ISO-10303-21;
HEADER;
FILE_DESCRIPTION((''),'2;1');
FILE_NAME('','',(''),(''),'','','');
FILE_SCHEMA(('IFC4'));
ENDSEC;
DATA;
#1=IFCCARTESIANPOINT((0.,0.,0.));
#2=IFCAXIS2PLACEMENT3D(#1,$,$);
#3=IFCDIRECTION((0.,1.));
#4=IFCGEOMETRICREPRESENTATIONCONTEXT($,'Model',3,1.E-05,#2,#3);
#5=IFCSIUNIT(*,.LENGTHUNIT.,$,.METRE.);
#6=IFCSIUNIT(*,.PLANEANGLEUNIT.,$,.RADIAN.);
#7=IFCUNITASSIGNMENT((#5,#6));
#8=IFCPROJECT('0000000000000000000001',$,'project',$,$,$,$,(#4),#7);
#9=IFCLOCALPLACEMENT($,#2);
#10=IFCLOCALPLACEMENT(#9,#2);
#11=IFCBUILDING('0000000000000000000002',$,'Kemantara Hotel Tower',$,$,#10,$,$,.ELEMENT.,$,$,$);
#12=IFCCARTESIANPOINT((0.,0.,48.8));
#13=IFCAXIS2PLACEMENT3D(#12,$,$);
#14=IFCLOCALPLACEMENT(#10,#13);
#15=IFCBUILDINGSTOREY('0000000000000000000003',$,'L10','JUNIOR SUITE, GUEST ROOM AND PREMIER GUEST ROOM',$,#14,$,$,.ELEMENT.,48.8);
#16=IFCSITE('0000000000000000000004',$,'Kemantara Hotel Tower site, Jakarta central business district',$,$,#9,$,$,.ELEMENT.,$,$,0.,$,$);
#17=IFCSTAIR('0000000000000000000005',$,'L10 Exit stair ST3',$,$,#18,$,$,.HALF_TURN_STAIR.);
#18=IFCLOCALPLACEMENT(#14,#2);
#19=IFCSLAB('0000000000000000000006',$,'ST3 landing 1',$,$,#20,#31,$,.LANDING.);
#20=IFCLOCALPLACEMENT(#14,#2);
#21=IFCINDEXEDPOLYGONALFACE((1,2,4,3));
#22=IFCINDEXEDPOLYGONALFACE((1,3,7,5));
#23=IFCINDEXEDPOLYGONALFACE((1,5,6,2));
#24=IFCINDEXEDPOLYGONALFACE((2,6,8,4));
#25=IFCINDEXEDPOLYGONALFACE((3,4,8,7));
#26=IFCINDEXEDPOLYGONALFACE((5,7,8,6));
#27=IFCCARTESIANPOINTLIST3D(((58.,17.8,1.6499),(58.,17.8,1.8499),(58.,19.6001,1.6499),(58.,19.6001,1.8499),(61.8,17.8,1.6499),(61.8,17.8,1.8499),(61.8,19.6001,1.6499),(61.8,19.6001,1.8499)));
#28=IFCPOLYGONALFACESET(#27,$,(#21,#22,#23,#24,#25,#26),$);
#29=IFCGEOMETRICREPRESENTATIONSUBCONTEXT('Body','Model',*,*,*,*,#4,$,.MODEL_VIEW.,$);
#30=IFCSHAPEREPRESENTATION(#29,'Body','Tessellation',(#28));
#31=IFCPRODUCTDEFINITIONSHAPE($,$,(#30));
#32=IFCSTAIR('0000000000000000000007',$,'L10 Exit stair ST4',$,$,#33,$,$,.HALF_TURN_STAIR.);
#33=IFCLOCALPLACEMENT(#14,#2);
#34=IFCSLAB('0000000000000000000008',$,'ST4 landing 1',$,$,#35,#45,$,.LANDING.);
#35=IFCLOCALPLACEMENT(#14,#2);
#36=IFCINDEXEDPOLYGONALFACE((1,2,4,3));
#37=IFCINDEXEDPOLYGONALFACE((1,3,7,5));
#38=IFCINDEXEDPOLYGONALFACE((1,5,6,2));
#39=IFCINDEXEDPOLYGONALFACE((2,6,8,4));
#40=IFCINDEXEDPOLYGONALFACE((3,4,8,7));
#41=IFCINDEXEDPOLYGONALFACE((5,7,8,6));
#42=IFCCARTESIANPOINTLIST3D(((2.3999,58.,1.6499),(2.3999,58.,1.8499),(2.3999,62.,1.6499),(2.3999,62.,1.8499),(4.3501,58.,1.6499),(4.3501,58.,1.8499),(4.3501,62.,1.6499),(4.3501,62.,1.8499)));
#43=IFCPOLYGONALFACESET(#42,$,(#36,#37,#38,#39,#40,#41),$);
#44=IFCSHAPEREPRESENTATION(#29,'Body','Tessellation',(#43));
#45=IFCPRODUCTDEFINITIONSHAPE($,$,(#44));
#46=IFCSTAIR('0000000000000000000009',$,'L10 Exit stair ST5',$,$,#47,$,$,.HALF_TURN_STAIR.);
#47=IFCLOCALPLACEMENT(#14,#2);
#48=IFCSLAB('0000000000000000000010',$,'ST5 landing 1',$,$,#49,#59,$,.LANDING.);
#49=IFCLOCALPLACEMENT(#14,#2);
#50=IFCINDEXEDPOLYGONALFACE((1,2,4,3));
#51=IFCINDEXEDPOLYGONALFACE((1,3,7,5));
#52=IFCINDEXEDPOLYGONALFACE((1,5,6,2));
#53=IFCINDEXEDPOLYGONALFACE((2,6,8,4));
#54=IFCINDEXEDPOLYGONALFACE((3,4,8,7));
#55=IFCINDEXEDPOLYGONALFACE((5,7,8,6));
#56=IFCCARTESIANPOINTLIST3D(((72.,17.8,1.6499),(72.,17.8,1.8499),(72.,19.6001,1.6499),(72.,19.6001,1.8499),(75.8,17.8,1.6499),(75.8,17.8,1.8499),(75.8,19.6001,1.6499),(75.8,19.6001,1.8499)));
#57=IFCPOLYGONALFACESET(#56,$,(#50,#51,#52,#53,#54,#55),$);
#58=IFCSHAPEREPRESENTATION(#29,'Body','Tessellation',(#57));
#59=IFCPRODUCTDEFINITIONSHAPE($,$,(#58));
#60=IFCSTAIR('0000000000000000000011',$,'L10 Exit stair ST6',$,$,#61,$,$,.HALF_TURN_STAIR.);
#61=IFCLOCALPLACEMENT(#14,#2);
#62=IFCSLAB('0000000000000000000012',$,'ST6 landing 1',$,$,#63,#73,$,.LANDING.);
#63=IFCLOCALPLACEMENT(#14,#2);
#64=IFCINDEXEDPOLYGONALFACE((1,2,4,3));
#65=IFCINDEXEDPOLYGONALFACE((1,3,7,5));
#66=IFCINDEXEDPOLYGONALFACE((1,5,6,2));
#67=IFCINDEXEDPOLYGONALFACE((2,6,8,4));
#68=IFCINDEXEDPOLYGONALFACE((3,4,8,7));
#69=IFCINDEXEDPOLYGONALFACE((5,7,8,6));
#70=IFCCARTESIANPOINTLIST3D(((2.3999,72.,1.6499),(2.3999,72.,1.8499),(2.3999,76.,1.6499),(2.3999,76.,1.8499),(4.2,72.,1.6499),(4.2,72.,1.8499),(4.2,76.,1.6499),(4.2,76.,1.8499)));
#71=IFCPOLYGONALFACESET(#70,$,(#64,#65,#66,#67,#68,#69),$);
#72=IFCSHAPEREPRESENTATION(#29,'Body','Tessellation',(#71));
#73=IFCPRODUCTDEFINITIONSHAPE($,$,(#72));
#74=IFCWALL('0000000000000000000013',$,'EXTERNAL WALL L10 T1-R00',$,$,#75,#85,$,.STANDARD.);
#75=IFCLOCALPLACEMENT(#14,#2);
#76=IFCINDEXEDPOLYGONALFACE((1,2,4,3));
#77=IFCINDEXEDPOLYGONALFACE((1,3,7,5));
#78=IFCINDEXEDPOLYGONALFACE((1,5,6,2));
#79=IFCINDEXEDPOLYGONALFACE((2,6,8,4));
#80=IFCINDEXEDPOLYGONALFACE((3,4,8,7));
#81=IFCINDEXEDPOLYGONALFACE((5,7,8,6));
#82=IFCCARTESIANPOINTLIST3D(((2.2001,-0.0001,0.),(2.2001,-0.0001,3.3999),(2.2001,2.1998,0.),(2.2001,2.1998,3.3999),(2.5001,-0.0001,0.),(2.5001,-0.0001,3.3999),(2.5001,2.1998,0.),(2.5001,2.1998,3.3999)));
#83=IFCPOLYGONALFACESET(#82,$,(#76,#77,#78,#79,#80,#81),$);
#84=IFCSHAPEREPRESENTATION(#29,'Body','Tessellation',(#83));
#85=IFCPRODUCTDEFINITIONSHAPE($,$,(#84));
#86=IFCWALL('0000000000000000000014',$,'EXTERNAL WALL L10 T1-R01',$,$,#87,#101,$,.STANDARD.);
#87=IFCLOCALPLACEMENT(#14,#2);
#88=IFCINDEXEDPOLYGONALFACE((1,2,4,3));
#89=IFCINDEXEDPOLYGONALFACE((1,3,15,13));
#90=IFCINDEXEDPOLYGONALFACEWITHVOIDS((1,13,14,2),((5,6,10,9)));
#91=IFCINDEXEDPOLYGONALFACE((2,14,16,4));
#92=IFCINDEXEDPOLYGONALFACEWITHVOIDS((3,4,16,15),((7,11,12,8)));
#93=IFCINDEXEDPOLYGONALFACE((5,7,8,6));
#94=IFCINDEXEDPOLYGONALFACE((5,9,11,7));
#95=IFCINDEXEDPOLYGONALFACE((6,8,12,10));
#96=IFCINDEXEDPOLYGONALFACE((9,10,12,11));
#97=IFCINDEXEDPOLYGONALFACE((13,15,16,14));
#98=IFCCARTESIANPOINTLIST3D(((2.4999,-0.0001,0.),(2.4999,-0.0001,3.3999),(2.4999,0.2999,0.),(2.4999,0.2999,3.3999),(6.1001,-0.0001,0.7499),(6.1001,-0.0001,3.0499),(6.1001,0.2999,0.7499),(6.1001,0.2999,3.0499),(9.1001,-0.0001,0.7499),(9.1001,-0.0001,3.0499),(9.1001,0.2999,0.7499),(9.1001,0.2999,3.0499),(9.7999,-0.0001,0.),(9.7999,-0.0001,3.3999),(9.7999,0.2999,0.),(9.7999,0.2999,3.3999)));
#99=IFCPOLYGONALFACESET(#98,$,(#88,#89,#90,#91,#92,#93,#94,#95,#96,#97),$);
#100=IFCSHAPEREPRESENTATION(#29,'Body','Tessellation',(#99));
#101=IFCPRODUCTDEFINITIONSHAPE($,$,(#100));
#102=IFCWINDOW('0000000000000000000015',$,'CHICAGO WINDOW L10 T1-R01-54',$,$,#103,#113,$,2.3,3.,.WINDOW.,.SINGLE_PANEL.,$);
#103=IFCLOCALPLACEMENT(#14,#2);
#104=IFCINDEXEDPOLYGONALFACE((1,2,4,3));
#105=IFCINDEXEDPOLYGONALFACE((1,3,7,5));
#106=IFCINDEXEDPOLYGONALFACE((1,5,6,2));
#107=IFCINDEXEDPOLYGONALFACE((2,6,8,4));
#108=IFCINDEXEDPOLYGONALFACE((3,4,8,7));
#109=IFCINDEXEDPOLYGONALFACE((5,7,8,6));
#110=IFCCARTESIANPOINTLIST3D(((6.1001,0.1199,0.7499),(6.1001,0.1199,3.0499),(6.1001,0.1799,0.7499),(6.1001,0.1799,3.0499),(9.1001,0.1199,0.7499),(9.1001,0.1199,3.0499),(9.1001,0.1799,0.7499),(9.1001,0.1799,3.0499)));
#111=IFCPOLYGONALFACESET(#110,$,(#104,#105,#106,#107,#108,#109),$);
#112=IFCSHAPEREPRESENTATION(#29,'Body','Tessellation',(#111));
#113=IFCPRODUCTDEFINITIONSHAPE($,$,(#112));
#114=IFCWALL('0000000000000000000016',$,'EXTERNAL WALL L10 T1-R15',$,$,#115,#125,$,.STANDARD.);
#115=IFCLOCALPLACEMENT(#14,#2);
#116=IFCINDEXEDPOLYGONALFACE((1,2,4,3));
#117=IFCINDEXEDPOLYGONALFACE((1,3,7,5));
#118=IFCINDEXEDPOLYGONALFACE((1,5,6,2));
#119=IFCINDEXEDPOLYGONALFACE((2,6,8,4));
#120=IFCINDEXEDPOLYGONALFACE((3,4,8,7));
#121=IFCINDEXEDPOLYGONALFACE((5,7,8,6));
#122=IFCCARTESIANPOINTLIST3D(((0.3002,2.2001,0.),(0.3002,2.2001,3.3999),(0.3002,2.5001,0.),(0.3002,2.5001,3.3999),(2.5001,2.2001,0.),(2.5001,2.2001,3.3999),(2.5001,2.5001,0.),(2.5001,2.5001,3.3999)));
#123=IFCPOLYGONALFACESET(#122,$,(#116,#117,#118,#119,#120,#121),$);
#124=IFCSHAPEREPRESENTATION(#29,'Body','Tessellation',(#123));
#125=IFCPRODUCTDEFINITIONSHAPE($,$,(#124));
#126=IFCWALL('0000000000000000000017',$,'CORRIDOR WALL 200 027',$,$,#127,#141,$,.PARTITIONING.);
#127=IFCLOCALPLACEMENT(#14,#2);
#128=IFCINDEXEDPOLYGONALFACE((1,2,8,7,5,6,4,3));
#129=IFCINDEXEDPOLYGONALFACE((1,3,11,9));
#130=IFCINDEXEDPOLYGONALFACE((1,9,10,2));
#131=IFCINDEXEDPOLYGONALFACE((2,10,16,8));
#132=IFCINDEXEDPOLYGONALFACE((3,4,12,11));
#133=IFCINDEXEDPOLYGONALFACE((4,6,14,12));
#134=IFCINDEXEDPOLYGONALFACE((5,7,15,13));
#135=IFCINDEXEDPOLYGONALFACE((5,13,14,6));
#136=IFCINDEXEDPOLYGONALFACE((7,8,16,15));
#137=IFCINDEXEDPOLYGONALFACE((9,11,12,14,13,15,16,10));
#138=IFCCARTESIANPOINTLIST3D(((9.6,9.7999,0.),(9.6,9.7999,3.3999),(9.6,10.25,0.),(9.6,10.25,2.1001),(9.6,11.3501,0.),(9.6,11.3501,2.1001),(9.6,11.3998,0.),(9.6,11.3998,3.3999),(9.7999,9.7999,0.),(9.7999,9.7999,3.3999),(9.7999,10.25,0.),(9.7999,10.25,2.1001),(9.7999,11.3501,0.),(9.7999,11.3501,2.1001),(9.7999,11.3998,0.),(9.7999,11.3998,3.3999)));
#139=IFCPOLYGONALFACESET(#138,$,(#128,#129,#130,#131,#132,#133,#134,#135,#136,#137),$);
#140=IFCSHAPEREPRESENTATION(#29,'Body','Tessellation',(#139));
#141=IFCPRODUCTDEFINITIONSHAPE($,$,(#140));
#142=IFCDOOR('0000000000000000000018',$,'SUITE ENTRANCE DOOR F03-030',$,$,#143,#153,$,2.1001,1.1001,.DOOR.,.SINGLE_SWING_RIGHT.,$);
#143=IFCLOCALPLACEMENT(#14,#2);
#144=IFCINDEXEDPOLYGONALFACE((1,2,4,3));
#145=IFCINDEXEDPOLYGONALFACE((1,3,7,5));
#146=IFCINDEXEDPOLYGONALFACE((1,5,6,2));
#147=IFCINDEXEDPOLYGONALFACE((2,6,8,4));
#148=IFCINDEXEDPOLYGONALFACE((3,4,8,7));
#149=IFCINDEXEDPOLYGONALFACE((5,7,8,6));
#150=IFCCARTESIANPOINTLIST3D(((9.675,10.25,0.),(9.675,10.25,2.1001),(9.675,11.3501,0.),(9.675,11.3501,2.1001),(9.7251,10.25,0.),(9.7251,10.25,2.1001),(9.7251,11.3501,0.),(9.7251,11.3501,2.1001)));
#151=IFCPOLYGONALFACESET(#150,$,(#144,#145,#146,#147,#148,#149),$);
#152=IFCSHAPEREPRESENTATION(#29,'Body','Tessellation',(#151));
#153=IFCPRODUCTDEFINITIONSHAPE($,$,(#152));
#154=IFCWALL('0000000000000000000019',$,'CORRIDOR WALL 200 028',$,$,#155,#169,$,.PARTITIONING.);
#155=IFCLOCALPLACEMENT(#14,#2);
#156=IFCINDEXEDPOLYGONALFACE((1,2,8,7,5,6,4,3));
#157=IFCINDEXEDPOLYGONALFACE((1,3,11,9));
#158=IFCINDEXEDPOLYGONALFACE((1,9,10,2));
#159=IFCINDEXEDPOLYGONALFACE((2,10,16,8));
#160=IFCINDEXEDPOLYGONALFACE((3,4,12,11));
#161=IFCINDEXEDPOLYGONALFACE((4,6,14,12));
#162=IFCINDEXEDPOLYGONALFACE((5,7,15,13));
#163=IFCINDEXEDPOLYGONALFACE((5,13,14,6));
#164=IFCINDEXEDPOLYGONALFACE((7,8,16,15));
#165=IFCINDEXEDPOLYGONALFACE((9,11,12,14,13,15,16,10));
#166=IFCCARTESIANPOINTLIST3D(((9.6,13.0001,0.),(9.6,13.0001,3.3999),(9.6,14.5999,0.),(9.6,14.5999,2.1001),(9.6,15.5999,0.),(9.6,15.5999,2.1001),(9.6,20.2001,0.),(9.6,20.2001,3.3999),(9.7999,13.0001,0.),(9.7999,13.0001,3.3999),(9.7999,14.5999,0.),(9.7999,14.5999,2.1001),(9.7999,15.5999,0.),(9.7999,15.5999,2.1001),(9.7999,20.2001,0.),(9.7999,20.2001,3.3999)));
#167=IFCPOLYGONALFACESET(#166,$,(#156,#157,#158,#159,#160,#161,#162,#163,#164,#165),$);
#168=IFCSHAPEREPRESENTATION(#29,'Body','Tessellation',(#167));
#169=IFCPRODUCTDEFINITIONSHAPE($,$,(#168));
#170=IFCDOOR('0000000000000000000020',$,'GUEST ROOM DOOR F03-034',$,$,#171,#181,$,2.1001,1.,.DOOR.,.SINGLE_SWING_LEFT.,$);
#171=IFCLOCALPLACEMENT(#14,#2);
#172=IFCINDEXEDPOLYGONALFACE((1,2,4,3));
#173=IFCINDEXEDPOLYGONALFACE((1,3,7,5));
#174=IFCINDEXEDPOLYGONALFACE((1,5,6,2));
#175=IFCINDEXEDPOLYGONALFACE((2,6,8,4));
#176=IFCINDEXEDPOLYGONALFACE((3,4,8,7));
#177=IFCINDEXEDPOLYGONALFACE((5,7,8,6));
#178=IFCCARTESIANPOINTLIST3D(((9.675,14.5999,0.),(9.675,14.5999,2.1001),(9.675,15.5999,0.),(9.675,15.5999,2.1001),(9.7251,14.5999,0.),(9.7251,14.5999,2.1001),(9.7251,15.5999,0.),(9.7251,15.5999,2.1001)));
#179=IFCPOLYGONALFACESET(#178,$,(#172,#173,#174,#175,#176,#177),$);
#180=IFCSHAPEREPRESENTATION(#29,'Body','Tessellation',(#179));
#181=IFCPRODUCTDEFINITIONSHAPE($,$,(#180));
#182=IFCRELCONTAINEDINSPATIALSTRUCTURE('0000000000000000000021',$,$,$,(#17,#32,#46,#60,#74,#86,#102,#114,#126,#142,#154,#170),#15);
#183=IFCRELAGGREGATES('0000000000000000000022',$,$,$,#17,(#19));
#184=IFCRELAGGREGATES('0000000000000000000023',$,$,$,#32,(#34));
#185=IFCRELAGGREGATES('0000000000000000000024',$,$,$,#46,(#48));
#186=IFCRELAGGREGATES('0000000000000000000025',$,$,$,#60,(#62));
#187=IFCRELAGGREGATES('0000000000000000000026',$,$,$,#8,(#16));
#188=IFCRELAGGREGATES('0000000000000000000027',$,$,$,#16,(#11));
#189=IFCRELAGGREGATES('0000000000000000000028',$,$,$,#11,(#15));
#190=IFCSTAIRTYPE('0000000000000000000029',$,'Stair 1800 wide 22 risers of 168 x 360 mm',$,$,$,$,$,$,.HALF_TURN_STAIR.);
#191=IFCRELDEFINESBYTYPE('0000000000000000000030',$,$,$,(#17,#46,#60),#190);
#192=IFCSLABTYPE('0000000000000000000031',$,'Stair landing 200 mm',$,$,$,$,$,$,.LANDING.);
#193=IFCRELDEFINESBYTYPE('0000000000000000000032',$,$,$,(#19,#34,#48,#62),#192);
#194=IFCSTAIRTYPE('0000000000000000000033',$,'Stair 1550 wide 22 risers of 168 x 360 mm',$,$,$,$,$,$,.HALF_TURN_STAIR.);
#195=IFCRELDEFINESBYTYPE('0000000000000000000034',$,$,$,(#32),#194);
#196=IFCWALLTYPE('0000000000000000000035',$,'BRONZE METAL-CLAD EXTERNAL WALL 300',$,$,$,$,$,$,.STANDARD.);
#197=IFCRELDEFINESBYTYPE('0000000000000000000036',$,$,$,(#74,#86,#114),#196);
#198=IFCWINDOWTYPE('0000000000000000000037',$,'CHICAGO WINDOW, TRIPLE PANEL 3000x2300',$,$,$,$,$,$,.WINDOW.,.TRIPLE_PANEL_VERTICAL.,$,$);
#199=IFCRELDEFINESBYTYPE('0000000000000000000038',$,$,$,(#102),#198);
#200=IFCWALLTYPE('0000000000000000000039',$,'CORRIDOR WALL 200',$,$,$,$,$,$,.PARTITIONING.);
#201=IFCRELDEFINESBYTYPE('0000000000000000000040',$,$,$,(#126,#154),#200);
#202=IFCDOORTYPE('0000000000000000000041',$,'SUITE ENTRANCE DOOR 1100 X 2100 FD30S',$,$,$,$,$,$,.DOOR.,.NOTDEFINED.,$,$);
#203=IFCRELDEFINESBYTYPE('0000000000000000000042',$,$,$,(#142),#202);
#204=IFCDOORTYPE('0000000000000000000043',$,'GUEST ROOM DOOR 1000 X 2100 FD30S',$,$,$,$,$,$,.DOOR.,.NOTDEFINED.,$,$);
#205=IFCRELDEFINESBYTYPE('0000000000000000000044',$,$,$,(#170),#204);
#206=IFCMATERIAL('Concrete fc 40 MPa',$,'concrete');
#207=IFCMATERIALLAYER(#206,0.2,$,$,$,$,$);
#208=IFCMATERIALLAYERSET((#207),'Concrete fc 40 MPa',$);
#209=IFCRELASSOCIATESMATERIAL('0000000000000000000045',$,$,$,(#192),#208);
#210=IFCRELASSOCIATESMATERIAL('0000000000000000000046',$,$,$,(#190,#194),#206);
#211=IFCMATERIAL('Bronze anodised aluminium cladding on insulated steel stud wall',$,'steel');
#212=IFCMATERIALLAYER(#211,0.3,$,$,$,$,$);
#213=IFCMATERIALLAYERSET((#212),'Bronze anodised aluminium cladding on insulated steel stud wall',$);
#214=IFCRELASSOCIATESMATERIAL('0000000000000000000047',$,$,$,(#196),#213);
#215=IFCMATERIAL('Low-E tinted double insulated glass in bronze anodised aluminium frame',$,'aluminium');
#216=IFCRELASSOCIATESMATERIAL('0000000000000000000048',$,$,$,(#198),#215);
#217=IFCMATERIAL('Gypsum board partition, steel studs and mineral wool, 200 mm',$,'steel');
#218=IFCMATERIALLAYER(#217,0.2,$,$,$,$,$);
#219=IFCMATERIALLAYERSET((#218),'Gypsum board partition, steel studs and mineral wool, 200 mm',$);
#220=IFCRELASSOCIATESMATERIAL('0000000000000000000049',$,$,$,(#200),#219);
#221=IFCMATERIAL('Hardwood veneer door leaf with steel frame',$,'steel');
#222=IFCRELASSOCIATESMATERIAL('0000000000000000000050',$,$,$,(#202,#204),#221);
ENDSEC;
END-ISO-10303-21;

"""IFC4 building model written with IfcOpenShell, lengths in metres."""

from ifc_helpers import new_model, si_unit, direction, frame, frame_2d, origin, place, context, subcontext, project, spatial, polyline, rectangle, outline, extrude, material, layer, layer_set, type_object, element, fill, aggregate, save


model = new_model("IFC4")

# Units and contexts
model_context = context("Model", 3, precision=1e-05, world=origin(), true_north=direction((0.0, 1.0)))
body_context = subcontext(model_context, "Body", "Model", "MODEL_VIEW")
ifc_project = project(units=[si_unit("LENGTHUNIT", "METRE"), si_unit("PLANEANGLEUNIT", "RADIAN")], contexts=[model_context])

# Site, building, storey
site_placement = place(None, origin())
site = spatial("IfcSite", under=ifc_project, at=site_placement, Name="Kemantara Hotel Tower site, Jakarta central business district", CompositionType="ELEMENT", RefElevation=0.0)
building_placement = place(site_placement, origin())
building = spatial("IfcBuilding", under=site, at=building_placement, Name="Kemantara Hotel Tower", CompositionType="ELEMENT")
storey_placement = place(building_placement, frame((0.0, 0.0, 48.8)))
storey = spatial("IfcBuildingStorey", under=building, at=storey_placement, Name="L10", Description="JUNIOR SUITE, GUEST ROOM AND PREMIER GUEST ROOM", CompositionType="ELEMENT", Elevation=48.8)

# Shared definitions
ifc_material_1 = material(Name="Concrete fc 40 MPa", Category="concrete")

# Stairs, slabs
ifc_layer_1 = layer(ifc_material_1, 0.2)
ifc_layer_set_1 = layer_set([ifc_layer_1], Name="Concrete fc 40 MPa")
slab_type_1 = type_object("IfcSlabType", Name="Stair landing 200 mm", PredefinedType="LANDING", material=ifc_layer_set_1)
stair_type_1 = type_object("IfcStairType", Name="Stair 1800 wide 22 risers of 168 x 360 mm", PredefinedType="HALF_TURN_STAIR", material=ifc_material_1)
stair_1_placement = place(storey_placement, origin())
stair_1 = element("IfcStair", 1, at=stair_1_placement, inside=storey, type_object=stair_type_1, Name="L10 Exit stair ST3", PredefinedType="HALF_TURN_STAIR")
slab_1_placement = place(storey_placement, frame((0.0, 0.0, 1.6499)))
slab_1 = element("IfcSlab", 2, at=slab_1_placement, type_object=slab_type_1, Name="ST3 landing 1", PredefinedType="LANDING", context=body_context, shape_type="SweptSolid", body=[
    extrude(outline(polyline([(61.8, 17.8), (61.8, 19.6001), (58.0, 19.6001), (58.0, 17.8), (61.8, 17.8)])), origin(), (0.0, 0.0, 1.0), 0.2),
])
aggregate(stair_1, [slab_1])
stair_type_2 = type_object("IfcStairType", Name="Stair 1550 wide 22 risers of 168 x 360 mm", PredefinedType="HALF_TURN_STAIR", material=ifc_material_1)
stair_2_placement = place(storey_placement, origin())
stair_2 = element("IfcStair", 3, at=stair_2_placement, inside=storey, type_object=stair_type_2, Name="L10 Exit stair ST4", PredefinedType="HALF_TURN_STAIR")
slab_2_placement = place(storey_placement, frame((0.0, 0.0, 1.6499)))
slab_2 = element("IfcSlab", 4, at=slab_2_placement, type_object=slab_type_1, Name="ST4 landing 1", PredefinedType="LANDING", context=body_context, shape_type="SweptSolid", body=[
    extrude(outline(polyline([(4.3501, 62.0), (2.3999, 62.0), (2.3999, 58.0), (4.3501, 58.0), (4.3501, 62.0)])), origin(), (0.0, 0.0, 1.0), 0.2),
])
aggregate(stair_2, [slab_2])
stair_3_placement = place(storey_placement, origin())
stair_3 = element("IfcStair", 5, at=stair_3_placement, inside=storey, type_object=stair_type_1, Name="L10 Exit stair ST5", PredefinedType="HALF_TURN_STAIR")
slab_3_placement = place(storey_placement, frame((0.0, 0.0, 1.6499)))
slab_3 = element("IfcSlab", 6, at=slab_3_placement, type_object=slab_type_1, Name="ST5 landing 1", PredefinedType="LANDING", context=body_context, shape_type="SweptSolid", body=[
    extrude(outline(polyline([(75.8, 17.8), (75.8, 19.6001), (72.0, 19.6001), (72.0, 17.8), (75.8, 17.8)])), origin(), (0.0, 0.0, 1.0), 0.2),
])
aggregate(stair_3, [slab_3])
stair_4_placement = place(storey_placement, origin())
stair_4 = element("IfcStair", 7, at=stair_4_placement, inside=storey, type_object=stair_type_1, Name="L10 Exit stair ST6", PredefinedType="HALF_TURN_STAIR")
slab_4_placement = place(storey_placement, frame((0.0, 0.0, 1.6499)))
slab_4 = element("IfcSlab", 8, at=slab_4_placement, type_object=slab_type_1, Name="ST6 landing 1", PredefinedType="LANDING", context=body_context, shape_type="SweptSolid", body=[
    extrude(outline(polyline([(4.2, 76.0), (2.3999, 76.0), (2.3999, 72.0), (4.2, 72.0), (4.2, 76.0)])), origin(), (0.0, 0.0, 1.0), 0.2),
])
aggregate(stair_4, [slab_4])

# Wall
ifc_material_2 = material(Name="Bronze anodised aluminium cladding on insulated steel stud wall", Category="steel")
ifc_layer_2 = layer(ifc_material_2, 0.3)
ifc_layer_set_2 = layer_set([ifc_layer_2], Name="Bronze anodised aluminium cladding on insulated steel stud wall")
wall_type_1 = type_object("IfcWallType", Name="BRONZE METAL-CLAD EXTERNAL WALL 300", PredefinedType="STANDARD", material=ifc_layer_set_2)
wall_1_placement = place(storey_placement, frame((2.3501, 2.2, 0.0), z_axis=(0.0, 0.0, 1.0), x_axis=(0.0, -1.0, 0.0)))
element("IfcWall", 9, at=wall_1_placement, inside=storey, type_object=wall_type_1, Name="EXTERNAL WALL L10 T1-R00", PredefinedType="STANDARD", context=body_context, shape_type="SweptSolid", body=[
    extrude(rectangle(XDim=2.2, YDim=0.3, at=frame_2d((1.1001, 0.0))), origin(), (0.0, 0.0, 1.0), 3.3999),
])

# Wall, opening, window
wall_2_placement = place(storey_placement, frame((2.5, 0.1499, 0.0), z_axis=(0.0, 0.0, 1.0), x_axis=(1.0, 0.0, 0.0)))
wall_2 = element("IfcWall", 10, at=wall_2_placement, inside=storey, type_object=wall_type_1, Name="EXTERNAL WALL L10 T1-R01", PredefinedType="STANDARD", context=body_context, shape_type="SweptSolid", body=[
    extrude(rectangle(XDim=7.3, YDim=0.3, at=frame_2d((3.6499, 0.0))), origin(), (0.0, 0.0, 1.0), 3.3999),
])
opening_1_placement = place(wall_2_placement, frame((3.6001, 0.0, 0.75)))
opening_1 = element("IfcOpeningElement", 11, at=opening_1_placement, cuts=wall_2, PredefinedType="OPENING", context=body_context, shape_type="SweptSolid", body=[
    extrude(rectangle(XDim=3.0, YDim=2.3, at=frame_2d((1.5, 1.1499))), frame((0.0, 0.1599, 0.0), z_axis=(0.0, -1.0, 0.0), x_axis=(1.0, 0.0, 0.0)), (0.0, 0.0, 1.0), 0.3201),
])
ifc_material_3 = material(Name="Low-E tinted double insulated glass in bronze anodised aluminium frame", Category="aluminium")
window_type = type_object("IfcWindowType", Name="CHICAGO WINDOW, TRIPLE PANEL 3000x2300", PartitioningType="TRIPLE_PANEL_VERTICAL", PredefinedType="WINDOW", material=ifc_material_3)
window_placement = place(opening_1_placement, origin())
window = element("IfcWindow", 12, at=window_placement, inside=storey, type_object=window_type, Name="CHICAGO WINDOW L10 T1-R01-54", OverallHeight=2.3, OverallWidth=3.0, PartitioningType="SINGLE_PANEL", PredefinedType="WINDOW", context=body_context, shape_type="SweptSolid", body=[
    extrude(rectangle(XDim=3.0, YDim=2.3, at=frame_2d((1.5, 1.1499))), frame((0.0, 0.03, 0.0), z_axis=(0.0, -1.0, 0.0), x_axis=(1.0, 0.0, 0.0)), (0.0, 0.0, 1.0), 0.0601),
])
fill(opening_1, window)

# Wall
wall_3_placement = place(storey_placement, frame((0.3, 2.3501, 0.0), z_axis=(0.0, 0.0, 1.0), x_axis=(1.0, 0.0, 0.0)))
element("IfcWall", 13, at=wall_3_placement, inside=storey, type_object=wall_type_1, Name="EXTERNAL WALL L10 T1-R15", PredefinedType="STANDARD", context=body_context, shape_type="SweptSolid", body=[
    extrude(rectangle(XDim=2.2, YDim=0.3, at=frame_2d((1.1001, 0.0))), origin(), (0.0, 0.0, 1.0), 3.3999),
])

# Walls, openings, doors
ifc_material_4 = material(Name="Gypsum board partition, steel studs and mineral wool, 200 mm", Category="steel")
ifc_layer_3 = layer(ifc_material_4, 0.2)
ifc_layer_set_3 = layer_set([ifc_layer_3], Name="Gypsum board partition, steel studs and mineral wool, 200 mm")
wall_type_2 = type_object("IfcWallType", Name="CORRIDOR WALL 200", PredefinedType="PARTITIONING", material=ifc_layer_set_3)
wall_4_placement = place(storey_placement, frame((9.7, 9.8, 0.0), z_axis=(0.0, 0.0, 1.0), x_axis=(0.0, 1.0, 0.0)))
wall_4 = element("IfcWall", 14, at=wall_4_placement, inside=storey, type_object=wall_type_2, Name="CORRIDOR WALL 200 027", PredefinedType="PARTITIONING", context=body_context, shape_type="SweptSolid", body=[
    extrude(rectangle(XDim=1.5999, YDim=0.2, at=frame_2d((0.7998, 0.0))), origin(), (0.0, 0.0, 1.0), 3.3999),
])
opening_2_placement = place(wall_4_placement, frame((0.45, 0.0, 0.0)))
opening_2 = element("IfcOpeningElement", 15, at=opening_2_placement, cuts=wall_4, PredefinedType="OPENING", context=body_context, shape_type="SweptSolid", body=[
    extrude(rectangle(XDim=1.1001, YDim=2.1001, at=frame_2d((0.55, 1.05))), frame((0.0, 0.1099, 0.0), z_axis=(0.0, -1.0, 0.0), x_axis=(1.0, 0.0, 0.0)), (0.0, 0.0, 1.0), 0.22),
])
ifc_material_5 = material(Name="Hardwood veneer door leaf with steel frame", Category="steel")
door_type_1 = type_object("IfcDoorType", Name="SUITE ENTRANCE DOOR 1100 X 2100 FD30S", OperationType="NOTDEFINED", PredefinedType="DOOR", material=ifc_material_5)
door_1_placement = place(opening_2_placement, origin())
door_1 = element("IfcDoor", 16, at=door_1_placement, inside=storey, type_object=door_type_1, Name="SUITE ENTRANCE DOOR F03-030", OperationType="SINGLE_SWING_RIGHT", OverallHeight=2.1001, OverallWidth=1.1001, PredefinedType="DOOR", context=body_context, shape_type="SweptSolid", body=[
    extrude(rectangle(XDim=1.1001, YDim=2.1001, at=frame_2d((0.55, 1.05))), frame((0.0, 0.0249, 0.0), z_axis=(0.0, -1.0, 0.0), x_axis=(1.0, 0.0, 0.0)), (0.0, 0.0, 1.0), 0.05),
])
fill(opening_2, door_1)
wall_5_placement = place(storey_placement, frame((9.7, 13.0, 0.0), z_axis=(0.0, 0.0, 1.0), x_axis=(0.0, 1.0, 0.0)))
wall_5 = element("IfcWall", 17, at=wall_5_placement, inside=storey, type_object=wall_type_2, Name="CORRIDOR WALL 200 028", PredefinedType="PARTITIONING", context=body_context, shape_type="SweptSolid", body=[
    extrude(rectangle(XDim=7.2, YDim=0.2, at=frame_2d((3.6001, 0.0))), origin(), (0.0, 0.0, 1.0), 3.3999),
])
opening_3_placement = place(wall_5_placement, frame((1.5999, 0.0, 0.0)))
opening_3 = element("IfcOpeningElement", 18, at=opening_3_placement, cuts=wall_5, PredefinedType="OPENING", context=body_context, shape_type="SweptSolid", body=[
    extrude(rectangle(XDim=1.0, YDim=2.1001, at=frame_2d((0.5, 1.05))), frame((0.0, 0.1099, 0.0), z_axis=(0.0, -1.0, 0.0), x_axis=(1.0, 0.0, 0.0)), (0.0, 0.0, 1.0), 0.22),
])
door_type_2 = type_object("IfcDoorType", Name="GUEST ROOM DOOR 1000 X 2100 FD30S", OperationType="NOTDEFINED", PredefinedType="DOOR", material=ifc_material_5)
door_2_placement = place(opening_3_placement, origin())
door_2 = element("IfcDoor", 19, at=door_2_placement, inside=storey, type_object=door_type_2, Name="GUEST ROOM DOOR F03-034", OperationType="SINGLE_SWING_LEFT", OverallHeight=2.1001, OverallWidth=1.0, PredefinedType="DOOR", context=body_context, shape_type="SweptSolid", body=[
    extrude(rectangle(XDim=1.0, YDim=2.1001, at=frame_2d((0.5, 1.05))), frame((0.0, 0.0249, 0.0), z_axis=(0.0, -1.0, 0.0), x_axis=(1.0, 0.0, 0.0)), (0.0, 0.0, 1.0), 0.05),
])
fill(opening_3, door_2)

save(model, "model.ifc")
